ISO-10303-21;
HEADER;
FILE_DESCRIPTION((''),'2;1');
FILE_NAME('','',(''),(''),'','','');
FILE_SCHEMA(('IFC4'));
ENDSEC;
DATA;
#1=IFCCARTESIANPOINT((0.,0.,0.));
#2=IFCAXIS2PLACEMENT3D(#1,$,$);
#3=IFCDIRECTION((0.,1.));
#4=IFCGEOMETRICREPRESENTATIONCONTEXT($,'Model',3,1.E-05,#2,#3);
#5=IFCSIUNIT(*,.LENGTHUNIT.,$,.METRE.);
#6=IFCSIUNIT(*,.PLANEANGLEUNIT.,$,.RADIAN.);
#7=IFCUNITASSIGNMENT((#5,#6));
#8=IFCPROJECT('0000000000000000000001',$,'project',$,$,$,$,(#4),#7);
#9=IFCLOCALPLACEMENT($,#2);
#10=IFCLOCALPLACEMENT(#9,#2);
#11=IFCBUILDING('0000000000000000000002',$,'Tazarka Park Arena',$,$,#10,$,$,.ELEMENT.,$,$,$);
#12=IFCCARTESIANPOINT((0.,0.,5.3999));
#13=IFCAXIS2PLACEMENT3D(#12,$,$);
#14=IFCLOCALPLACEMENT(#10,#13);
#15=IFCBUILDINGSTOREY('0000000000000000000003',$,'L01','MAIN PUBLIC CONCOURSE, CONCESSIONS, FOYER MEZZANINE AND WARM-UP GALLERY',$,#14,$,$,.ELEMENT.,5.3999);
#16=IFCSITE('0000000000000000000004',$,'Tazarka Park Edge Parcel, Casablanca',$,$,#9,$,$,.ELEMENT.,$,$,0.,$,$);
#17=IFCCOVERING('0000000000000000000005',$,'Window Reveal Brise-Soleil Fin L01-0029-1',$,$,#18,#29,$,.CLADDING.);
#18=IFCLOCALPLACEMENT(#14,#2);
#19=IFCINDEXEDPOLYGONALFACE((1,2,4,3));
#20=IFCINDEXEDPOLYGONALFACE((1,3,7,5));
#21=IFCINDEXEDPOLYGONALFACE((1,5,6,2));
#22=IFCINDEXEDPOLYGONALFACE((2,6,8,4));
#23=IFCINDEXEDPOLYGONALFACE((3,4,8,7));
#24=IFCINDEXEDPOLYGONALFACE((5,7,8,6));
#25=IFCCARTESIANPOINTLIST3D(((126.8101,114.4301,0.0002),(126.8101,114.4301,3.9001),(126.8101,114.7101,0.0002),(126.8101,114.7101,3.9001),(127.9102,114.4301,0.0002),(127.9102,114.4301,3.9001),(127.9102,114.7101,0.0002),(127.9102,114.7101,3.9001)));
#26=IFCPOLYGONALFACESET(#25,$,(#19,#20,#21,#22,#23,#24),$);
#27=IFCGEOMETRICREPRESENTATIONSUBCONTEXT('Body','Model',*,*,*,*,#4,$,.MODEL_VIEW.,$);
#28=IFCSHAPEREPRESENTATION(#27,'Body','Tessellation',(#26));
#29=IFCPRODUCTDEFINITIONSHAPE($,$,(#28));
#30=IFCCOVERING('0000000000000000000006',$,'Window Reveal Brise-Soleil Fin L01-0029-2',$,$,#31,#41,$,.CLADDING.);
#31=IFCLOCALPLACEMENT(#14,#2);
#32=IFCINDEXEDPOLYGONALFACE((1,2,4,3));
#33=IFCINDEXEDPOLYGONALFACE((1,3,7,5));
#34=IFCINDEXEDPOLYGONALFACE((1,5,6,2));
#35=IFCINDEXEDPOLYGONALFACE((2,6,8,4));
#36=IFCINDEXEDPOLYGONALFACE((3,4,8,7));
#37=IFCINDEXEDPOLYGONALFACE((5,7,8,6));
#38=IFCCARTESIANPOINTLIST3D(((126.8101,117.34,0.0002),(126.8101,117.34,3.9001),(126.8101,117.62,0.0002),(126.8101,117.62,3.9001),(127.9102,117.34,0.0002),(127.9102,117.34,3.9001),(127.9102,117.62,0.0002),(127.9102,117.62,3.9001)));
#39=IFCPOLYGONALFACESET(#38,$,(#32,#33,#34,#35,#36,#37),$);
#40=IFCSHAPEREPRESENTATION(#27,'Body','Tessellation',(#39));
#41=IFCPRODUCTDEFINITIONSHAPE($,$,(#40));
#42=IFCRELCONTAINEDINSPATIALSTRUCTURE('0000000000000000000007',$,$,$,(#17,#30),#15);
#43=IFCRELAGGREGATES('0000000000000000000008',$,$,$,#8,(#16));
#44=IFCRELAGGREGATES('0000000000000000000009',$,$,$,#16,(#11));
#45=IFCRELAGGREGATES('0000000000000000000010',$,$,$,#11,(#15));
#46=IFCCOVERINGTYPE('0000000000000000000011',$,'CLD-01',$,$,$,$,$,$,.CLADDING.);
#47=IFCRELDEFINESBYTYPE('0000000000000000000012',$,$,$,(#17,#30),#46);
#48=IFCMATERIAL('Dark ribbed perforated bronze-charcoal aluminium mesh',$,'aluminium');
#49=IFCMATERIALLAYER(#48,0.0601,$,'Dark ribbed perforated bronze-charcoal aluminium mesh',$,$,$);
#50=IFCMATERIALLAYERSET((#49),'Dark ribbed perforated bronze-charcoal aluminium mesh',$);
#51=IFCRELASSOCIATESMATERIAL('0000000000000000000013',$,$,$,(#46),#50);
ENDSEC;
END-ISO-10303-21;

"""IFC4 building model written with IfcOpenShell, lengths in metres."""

from ifc_helpers import new_model, si_unit, direction, frame, origin, origin_2d, place, context, subcontext, project, spatial, rectangle, extrude, material, layer, layer_set, type_object, element, save


model = new_model("IFC4")

# Units and contexts
model_context = context("Model", 3, precision=1e-05, world=origin(), true_north=direction((0.0, 1.0)))
body_context = subcontext(model_context, "Body", "Model", "MODEL_VIEW")
ifc_project = project(units=[si_unit("LENGTHUNIT", "METRE"), si_unit("PLANEANGLEUNIT", "RADIAN")], contexts=[model_context])

# Site, building, storey
site_placement = place(None, origin())
site = spatial("IfcSite", under=ifc_project, at=site_placement, Name="Tazarka Park Edge Parcel, Casablanca", CompositionType="ELEMENT", RefElevation=0.0)
building_placement = place(site_placement, origin())
building = spatial("IfcBuilding", under=site, at=building_placement, Name="Tazarka Park Arena", CompositionType="ELEMENT")
storey_placement = place(building_placement, frame((0.0, 0.0, 5.3999)))
storey = spatial("IfcBuildingStorey", under=building, at=storey_placement, Name="L01", Description="MAIN PUBLIC CONCOURSE, CONCESSIONS, FOYER MEZZANINE AND WARM-UP GALLERY", CompositionType="ELEMENT", Elevation=5.3999)

# Coverings
ifc_material_1 = material(Name="Dark ribbed perforated bronze-charcoal aluminium mesh", Category="aluminium")
ifc_layer_1 = layer(ifc_material_1, 0.0601, Name="Dark ribbed perforated bronze-charcoal aluminium mesh")
ifc_layer_set_1 = layer_set([ifc_layer_1], Name="Dark ribbed perforated bronze-charcoal aluminium mesh")
covering_type = type_object("IfcCoveringType", Name="CLD-01", PredefinedType="CLADDING", material=ifc_layer_set_1)
for number, where, z_axis, x_axis, name in (
    (1, (127.3601, 114.5701, 0.0002), (0.0, 0.0, 1.0), (0.0, 1.0, 0.0), "Window Reveal Brise-Soleil Fin L01-0029-1"),
    (2, (127.3601, 117.48, 0.0002), (0.0, 0.0, 1.0), (0.0, 1.0, 0.0), "Window Reveal Brise-Soleil Fin L01-0029-2"),
):
    element("IfcCovering", number, at=place(storey_placement, frame(where, z_axis=z_axis, x_axis=x_axis)), inside=storey, type_object=covering_type, Name=name, PredefinedType="CLADDING", context=body_context, shape_type="SweptSolid", body=[
        extrude(rectangle(XDim=0.28, YDim=1.1001, at=origin_2d()), origin(), (0.0, 0.0, 1.0), 3.8999),
    ])

save(model, "model.ifc")
